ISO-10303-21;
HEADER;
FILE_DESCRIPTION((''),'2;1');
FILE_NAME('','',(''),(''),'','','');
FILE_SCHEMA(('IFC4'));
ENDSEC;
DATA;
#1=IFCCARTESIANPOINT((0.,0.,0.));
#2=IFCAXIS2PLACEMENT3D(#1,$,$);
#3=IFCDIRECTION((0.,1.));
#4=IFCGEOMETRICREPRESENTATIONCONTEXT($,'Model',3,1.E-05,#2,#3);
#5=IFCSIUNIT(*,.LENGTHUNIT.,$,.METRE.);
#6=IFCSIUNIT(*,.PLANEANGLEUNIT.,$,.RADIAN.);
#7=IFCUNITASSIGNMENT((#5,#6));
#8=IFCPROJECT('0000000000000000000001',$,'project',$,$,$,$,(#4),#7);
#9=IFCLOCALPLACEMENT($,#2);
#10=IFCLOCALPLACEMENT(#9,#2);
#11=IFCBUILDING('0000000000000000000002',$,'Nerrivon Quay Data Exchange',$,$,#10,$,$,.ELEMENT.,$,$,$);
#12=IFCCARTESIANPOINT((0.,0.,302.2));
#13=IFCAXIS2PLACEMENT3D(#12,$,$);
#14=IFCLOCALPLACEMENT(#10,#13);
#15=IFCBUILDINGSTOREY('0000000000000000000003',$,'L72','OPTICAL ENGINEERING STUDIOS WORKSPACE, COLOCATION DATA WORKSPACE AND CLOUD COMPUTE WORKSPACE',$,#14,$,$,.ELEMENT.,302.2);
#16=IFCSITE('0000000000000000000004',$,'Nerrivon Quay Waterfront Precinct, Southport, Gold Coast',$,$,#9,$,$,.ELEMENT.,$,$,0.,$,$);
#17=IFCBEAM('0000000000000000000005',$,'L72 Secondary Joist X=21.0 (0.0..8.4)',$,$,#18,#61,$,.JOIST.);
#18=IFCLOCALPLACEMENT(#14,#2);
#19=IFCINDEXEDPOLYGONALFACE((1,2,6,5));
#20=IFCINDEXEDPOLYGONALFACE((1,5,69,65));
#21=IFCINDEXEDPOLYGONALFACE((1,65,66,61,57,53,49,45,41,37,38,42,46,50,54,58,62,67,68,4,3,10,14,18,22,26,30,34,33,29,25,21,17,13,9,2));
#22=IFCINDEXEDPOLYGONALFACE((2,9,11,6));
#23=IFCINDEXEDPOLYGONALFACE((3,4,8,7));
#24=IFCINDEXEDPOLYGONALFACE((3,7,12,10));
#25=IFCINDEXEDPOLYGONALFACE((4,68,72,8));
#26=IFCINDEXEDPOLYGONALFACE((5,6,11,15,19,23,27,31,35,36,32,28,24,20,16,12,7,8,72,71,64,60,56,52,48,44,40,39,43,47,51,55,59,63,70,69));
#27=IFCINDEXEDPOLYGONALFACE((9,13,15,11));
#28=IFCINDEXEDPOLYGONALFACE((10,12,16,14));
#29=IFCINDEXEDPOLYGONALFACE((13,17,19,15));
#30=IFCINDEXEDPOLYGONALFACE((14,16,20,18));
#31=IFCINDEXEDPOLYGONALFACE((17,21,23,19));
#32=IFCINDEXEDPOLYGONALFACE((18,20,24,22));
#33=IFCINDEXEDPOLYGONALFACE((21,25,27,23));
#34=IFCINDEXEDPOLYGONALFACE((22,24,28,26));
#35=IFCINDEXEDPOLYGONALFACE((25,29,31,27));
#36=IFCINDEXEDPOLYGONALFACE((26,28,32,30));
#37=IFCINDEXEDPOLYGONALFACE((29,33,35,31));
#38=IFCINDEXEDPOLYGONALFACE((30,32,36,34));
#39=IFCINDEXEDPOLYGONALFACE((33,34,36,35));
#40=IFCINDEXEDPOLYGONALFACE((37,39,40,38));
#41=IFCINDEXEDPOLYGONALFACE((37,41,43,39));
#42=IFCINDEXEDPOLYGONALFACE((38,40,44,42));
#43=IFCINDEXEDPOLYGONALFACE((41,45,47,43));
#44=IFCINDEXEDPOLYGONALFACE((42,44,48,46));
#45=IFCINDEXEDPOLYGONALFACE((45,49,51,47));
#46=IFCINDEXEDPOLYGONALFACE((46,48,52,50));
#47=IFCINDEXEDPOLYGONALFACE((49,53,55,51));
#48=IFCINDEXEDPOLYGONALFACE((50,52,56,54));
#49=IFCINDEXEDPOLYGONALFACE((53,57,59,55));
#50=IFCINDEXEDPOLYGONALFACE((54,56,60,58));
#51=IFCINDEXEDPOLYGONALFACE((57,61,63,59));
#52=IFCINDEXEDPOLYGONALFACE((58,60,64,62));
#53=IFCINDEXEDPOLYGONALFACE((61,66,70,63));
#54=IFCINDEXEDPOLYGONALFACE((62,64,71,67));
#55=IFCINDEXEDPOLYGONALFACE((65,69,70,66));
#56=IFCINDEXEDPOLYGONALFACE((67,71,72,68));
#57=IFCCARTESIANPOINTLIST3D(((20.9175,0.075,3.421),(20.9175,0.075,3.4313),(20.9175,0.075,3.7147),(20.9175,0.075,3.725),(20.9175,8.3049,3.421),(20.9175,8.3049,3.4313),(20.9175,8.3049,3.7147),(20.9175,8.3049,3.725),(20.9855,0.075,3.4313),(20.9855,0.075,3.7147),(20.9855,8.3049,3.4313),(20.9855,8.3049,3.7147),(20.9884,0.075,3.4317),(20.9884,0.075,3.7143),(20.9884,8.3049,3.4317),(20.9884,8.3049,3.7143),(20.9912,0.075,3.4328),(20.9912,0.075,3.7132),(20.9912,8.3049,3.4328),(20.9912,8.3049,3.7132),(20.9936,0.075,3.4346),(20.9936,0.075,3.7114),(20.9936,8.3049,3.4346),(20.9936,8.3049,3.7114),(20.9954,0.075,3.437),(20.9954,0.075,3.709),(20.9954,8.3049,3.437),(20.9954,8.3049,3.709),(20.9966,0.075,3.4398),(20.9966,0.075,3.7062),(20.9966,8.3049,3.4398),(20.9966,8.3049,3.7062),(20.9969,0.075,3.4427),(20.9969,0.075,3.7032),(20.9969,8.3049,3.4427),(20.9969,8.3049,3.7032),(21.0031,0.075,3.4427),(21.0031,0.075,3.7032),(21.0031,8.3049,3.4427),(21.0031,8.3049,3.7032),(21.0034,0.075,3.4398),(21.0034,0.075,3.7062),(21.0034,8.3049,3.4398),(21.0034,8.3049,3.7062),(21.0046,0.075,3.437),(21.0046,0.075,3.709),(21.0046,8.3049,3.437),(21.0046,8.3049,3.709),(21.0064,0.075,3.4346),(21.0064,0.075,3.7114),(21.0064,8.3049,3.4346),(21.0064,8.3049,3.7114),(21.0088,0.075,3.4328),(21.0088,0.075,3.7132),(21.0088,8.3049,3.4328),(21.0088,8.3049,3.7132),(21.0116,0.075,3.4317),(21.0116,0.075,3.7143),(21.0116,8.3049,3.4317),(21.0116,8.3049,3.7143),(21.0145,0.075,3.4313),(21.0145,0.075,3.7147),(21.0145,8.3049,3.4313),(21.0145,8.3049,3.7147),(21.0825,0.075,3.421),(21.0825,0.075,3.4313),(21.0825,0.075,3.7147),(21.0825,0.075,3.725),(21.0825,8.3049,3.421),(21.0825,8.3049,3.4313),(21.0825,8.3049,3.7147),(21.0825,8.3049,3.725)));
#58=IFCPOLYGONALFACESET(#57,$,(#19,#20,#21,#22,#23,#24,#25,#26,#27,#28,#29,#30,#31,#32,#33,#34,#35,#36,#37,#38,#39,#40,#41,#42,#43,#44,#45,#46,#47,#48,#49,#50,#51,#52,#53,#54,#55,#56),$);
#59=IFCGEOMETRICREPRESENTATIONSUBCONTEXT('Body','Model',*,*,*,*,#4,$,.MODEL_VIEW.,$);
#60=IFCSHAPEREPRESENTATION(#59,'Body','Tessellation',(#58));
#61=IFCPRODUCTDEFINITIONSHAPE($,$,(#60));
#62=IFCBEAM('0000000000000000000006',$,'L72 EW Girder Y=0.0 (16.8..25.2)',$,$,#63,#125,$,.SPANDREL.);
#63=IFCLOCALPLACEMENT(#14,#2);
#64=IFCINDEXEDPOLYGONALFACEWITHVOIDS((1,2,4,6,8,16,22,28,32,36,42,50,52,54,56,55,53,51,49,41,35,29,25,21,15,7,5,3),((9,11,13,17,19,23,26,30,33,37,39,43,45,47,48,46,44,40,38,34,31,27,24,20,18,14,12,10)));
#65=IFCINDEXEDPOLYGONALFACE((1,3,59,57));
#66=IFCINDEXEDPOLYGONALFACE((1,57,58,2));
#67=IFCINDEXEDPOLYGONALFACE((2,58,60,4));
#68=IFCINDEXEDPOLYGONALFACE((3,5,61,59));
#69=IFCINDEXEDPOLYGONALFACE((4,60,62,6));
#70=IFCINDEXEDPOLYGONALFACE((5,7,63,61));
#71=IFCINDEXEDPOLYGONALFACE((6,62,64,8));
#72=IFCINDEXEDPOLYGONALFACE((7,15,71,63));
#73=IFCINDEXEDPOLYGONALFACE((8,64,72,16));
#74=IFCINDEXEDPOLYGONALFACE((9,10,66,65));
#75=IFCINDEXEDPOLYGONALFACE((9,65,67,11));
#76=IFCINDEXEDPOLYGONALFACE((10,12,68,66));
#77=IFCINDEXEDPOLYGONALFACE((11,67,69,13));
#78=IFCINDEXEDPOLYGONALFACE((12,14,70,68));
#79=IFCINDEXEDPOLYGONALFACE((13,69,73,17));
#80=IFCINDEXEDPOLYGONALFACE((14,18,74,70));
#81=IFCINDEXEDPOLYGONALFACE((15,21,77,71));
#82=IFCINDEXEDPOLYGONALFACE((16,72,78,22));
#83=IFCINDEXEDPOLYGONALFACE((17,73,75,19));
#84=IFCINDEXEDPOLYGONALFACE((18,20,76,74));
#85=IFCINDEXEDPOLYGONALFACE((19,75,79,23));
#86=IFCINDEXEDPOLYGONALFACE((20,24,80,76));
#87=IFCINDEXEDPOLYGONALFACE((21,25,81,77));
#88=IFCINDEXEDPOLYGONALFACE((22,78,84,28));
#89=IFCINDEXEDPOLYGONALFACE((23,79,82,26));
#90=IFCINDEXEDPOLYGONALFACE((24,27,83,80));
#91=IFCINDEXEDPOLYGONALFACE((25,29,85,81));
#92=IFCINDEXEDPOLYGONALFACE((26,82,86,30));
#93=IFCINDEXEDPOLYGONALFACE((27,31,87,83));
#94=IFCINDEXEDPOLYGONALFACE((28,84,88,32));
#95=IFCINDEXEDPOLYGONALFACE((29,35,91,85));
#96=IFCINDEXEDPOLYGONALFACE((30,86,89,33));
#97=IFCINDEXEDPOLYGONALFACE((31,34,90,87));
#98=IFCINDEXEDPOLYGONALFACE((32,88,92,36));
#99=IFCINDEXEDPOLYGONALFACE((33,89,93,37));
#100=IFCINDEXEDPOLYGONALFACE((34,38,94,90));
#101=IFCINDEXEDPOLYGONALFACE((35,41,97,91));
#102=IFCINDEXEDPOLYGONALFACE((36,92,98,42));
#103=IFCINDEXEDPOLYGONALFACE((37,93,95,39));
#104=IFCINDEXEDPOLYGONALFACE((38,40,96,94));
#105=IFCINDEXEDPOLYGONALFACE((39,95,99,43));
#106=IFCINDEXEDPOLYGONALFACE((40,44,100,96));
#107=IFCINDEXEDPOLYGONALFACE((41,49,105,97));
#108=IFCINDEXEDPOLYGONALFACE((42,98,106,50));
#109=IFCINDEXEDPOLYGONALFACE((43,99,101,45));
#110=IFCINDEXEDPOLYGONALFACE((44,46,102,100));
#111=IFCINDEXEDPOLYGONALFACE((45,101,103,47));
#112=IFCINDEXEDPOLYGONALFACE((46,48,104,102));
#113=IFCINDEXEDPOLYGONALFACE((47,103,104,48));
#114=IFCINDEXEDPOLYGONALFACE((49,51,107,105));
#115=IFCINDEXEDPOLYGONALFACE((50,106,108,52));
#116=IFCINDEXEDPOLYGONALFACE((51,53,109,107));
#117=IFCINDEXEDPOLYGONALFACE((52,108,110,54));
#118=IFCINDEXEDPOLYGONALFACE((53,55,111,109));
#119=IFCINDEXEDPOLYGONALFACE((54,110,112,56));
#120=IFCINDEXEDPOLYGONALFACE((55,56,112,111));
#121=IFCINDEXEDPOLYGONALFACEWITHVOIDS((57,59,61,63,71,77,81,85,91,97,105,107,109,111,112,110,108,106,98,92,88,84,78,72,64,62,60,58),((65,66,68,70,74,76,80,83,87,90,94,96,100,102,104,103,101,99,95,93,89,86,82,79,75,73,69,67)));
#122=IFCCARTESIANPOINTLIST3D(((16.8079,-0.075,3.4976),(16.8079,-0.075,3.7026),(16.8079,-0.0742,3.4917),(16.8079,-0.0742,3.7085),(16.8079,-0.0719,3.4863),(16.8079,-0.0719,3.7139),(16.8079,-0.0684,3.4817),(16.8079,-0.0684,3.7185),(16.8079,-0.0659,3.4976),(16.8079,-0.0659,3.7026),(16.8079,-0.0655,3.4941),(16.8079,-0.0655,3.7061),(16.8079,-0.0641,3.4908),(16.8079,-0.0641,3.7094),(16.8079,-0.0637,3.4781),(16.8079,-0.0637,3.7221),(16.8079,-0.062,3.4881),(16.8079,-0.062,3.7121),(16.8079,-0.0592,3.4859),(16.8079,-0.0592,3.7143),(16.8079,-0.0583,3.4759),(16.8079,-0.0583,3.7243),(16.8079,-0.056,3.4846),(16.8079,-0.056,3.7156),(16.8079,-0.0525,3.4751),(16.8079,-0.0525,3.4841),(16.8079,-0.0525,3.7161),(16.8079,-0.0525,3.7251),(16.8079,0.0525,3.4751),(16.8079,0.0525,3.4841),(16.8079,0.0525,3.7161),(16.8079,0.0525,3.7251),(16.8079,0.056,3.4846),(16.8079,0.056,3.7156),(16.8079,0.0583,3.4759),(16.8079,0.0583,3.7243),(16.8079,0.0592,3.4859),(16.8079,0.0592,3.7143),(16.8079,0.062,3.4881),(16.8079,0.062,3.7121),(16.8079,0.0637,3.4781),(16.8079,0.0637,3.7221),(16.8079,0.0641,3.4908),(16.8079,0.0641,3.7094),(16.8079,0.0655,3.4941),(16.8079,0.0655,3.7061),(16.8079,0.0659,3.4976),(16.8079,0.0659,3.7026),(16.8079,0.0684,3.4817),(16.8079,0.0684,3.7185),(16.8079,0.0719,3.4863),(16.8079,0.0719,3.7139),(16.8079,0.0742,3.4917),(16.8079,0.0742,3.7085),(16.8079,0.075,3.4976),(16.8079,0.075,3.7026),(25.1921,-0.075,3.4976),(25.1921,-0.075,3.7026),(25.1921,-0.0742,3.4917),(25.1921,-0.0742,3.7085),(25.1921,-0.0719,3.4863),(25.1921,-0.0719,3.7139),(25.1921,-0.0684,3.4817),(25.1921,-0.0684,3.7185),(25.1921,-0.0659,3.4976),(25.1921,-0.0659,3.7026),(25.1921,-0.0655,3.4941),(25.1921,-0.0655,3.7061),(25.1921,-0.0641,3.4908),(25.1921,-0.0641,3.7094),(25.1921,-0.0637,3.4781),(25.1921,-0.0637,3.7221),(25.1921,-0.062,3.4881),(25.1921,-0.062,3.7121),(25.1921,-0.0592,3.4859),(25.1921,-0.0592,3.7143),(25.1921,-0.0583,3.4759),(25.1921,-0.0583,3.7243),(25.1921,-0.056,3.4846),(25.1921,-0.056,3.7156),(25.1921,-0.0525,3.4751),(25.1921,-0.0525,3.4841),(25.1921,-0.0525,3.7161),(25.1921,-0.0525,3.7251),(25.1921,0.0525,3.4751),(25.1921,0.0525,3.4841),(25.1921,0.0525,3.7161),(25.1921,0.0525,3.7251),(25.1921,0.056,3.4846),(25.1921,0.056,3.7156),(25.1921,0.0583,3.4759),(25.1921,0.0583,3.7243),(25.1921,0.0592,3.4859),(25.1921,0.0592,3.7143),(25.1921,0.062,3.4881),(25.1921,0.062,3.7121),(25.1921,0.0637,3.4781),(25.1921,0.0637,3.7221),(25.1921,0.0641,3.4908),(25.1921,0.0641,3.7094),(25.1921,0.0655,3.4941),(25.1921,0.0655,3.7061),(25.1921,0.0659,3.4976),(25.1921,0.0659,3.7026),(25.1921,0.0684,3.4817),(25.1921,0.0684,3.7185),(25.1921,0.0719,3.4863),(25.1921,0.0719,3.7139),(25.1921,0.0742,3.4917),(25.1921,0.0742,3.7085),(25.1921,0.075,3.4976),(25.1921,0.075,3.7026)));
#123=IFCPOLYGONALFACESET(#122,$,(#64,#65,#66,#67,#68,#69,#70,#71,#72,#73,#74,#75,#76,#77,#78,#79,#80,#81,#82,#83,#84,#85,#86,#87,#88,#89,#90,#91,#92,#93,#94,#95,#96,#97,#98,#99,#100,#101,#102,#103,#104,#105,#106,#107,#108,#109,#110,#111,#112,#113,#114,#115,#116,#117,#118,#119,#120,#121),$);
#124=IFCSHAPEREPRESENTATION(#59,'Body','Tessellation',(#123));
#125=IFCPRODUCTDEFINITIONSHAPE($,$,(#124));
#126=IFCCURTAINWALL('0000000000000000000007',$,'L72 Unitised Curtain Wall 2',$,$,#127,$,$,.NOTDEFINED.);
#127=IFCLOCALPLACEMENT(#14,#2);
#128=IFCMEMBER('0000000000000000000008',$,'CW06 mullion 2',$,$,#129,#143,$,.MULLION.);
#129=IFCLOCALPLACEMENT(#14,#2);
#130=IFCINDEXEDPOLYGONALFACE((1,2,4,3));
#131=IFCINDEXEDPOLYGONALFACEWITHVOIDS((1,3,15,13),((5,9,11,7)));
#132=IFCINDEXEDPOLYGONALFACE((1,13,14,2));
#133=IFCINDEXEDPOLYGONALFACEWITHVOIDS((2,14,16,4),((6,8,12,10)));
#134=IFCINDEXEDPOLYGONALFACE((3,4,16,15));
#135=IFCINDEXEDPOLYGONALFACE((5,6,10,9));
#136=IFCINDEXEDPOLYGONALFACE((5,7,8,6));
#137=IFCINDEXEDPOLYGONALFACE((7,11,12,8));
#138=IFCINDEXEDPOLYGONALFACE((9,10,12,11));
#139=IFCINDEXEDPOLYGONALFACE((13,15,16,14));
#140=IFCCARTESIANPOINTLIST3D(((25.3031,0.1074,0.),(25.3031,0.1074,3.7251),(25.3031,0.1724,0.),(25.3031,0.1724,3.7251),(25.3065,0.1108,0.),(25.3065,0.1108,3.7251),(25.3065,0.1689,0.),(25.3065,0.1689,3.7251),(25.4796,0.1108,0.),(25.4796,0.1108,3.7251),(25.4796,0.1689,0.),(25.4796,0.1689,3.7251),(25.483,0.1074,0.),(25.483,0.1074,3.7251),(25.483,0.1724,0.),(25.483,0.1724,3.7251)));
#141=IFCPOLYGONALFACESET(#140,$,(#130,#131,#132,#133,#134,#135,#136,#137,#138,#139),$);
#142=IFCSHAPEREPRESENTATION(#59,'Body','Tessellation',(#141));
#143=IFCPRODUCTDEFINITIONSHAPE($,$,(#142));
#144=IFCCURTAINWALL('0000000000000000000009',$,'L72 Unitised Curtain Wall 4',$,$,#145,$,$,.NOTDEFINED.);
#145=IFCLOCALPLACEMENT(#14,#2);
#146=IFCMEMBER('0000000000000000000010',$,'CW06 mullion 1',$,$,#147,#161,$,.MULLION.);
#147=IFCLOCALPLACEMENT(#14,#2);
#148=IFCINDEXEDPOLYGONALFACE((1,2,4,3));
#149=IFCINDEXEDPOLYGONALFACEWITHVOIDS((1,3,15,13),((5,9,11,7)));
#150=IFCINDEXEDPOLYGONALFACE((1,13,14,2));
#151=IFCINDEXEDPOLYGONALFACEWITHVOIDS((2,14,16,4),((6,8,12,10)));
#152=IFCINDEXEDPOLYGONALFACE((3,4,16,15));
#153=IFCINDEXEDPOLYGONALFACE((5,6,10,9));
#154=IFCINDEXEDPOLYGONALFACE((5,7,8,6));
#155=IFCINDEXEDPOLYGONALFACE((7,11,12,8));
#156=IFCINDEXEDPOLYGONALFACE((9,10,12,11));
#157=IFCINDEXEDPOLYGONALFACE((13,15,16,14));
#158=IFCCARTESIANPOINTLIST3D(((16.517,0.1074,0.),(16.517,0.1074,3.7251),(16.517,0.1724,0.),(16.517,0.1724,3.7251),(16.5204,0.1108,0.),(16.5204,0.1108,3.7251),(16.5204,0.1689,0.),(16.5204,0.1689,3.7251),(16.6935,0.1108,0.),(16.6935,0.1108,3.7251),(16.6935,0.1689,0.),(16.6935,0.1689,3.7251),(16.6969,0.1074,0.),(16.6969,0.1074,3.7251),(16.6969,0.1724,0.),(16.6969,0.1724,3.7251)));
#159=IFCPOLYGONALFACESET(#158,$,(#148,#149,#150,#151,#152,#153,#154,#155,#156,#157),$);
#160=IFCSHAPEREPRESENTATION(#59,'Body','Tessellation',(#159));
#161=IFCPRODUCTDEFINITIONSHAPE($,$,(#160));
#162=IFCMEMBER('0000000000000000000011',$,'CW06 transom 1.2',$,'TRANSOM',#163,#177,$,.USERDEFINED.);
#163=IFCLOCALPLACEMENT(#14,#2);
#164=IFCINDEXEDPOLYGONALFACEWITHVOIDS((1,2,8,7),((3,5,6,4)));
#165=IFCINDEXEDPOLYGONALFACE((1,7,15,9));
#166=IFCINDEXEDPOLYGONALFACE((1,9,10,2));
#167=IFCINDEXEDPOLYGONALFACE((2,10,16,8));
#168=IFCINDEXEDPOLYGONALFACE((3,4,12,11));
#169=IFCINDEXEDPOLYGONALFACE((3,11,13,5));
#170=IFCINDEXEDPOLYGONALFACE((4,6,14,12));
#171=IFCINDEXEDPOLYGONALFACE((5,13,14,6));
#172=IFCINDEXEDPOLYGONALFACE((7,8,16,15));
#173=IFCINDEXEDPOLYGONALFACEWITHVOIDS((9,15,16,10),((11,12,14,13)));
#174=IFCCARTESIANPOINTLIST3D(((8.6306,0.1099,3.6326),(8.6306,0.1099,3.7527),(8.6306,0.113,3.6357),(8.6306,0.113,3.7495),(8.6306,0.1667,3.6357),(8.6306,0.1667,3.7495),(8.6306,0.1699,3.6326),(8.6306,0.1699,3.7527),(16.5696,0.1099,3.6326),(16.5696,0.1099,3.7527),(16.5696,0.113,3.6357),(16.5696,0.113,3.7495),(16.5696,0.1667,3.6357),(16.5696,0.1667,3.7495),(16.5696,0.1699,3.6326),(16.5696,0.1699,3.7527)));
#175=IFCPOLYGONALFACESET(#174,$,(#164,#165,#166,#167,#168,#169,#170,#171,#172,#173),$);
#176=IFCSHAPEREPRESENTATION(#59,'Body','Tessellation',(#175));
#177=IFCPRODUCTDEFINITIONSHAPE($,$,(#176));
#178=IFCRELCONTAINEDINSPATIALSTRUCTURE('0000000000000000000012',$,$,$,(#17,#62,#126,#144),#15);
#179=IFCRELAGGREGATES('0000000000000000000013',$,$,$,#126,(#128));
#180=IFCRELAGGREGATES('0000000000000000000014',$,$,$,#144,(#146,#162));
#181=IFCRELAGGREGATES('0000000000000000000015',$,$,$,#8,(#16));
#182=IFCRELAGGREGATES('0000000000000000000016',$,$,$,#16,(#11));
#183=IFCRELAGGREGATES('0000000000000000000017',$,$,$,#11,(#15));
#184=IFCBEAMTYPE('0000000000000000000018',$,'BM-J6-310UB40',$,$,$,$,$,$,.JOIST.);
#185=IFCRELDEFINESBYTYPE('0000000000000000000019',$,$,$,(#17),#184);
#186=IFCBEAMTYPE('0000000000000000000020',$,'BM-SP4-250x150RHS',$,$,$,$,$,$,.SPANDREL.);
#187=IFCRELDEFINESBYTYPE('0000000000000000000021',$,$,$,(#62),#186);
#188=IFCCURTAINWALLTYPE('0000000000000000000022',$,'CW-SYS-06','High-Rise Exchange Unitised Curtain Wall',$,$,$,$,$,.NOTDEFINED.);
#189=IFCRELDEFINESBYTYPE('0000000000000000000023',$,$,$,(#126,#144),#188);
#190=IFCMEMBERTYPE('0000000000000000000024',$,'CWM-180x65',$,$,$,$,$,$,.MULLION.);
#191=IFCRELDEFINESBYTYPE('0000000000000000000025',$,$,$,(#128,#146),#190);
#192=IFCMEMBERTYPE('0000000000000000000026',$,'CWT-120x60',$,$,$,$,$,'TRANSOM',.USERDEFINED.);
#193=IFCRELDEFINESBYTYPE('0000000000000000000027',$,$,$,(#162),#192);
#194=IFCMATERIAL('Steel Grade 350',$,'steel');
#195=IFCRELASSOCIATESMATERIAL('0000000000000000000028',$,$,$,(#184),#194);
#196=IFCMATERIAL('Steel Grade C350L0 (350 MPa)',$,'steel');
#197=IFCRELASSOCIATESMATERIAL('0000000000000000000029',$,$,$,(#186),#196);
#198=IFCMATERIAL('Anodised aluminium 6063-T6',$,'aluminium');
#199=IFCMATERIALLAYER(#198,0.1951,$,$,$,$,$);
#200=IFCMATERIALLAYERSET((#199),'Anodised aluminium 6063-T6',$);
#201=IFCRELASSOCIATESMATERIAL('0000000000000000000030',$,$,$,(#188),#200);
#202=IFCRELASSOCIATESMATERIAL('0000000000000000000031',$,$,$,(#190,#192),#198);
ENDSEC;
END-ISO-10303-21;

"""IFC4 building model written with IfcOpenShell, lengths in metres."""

from ifc_helpers import new_model, si_unit, direction, frame, origin, origin_2d, place, context, subcontext, project, spatial, hollow_rectangle, i_section, extrude, material, layer, layer_set, material_profile, profile_set, type_object, element, aggregate, save


model = new_model("IFC4")

# Units and contexts
model_context = context("Model", 3, precision=1e-05, world=origin(), true_north=direction((0.0, 1.0)))
body_context = subcontext(model_context, "Body", "Model", "MODEL_VIEW")
ifc_project = project(units=[si_unit("LENGTHUNIT", "METRE"), si_unit("PLANEANGLEUNIT", "RADIAN")], contexts=[model_context])

# Site, building, storey
site_placement = place(None, origin())
site = spatial("IfcSite", under=ifc_project, at=site_placement, Name="Nerrivon Quay Waterfront Precinct, Southport, Gold Coast", CompositionType="ELEMENT", RefElevation=0.0)
building_placement = place(site_placement, origin())
building = spatial("IfcBuilding", under=site, at=building_placement, Name="Nerrivon Quay Data Exchange", CompositionType="ELEMENT")
storey_placement = place(building_placement, frame((0.0, 0.0, 302.2)))
storey = spatial("IfcBuildingStorey", under=building, at=storey_placement, Name="L72", Description="OPTICAL ENGINEERING STUDIOS WORKSPACE, COLOCATION DATA WORKSPACE AND CLOUD COMPUTE WORKSPACE", CompositionType="ELEMENT", Elevation=302.2)

# Shared definitions
ifc_material_1 = material(Name="Steel Grade 350", Category="steel")

# Beams
ifc_material_profile_1 = material_profile(ifc_material_1, i_section(OverallWidth=0.165, OverallDepth=0.304, WebThickness=0.0061, FlangeThickness=0.0103, FilletRadius=0.0115, at=origin_2d()), Name="310UB40.4")
ifc_profile_set_1 = profile_set([ifc_material_profile_1], Name="Steel Grade 350")
beam_type_1 = type_object("IfcBeamType", Name="BM-J6-310UB40", PredefinedType="JOIST", material=ifc_profile_set_1)
beam_1_placement = place(storey_placement, frame((21.0, 0.075, 3.573), z_axis=(0.0, 1.0, 0.0), x_axis=(-1.0, 0.0, 0.0)))
element("IfcBeam", 1, at=beam_1_placement, inside=storey, type_object=beam_type_1, Name="L72 Secondary Joist X=21.0 (0.0..8.4)", PredefinedType="JOIST", context=body_context, shape_type="SweptSolid", body=[
    extrude(i_section(OverallWidth=0.165, OverallDepth=0.304, WebThickness=0.0061, FlangeThickness=0.0103, FilletRadius=0.0115, at=origin_2d()), origin(), (0.0, 0.0, 1.0), 8.23),
])
ifc_material_2 = material(Name="Steel Grade C350L0 (350 MPa)", Category="steel")
ifc_material_profile_2 = material_profile(ifc_material_2, hollow_rectangle(XDim=0.1499, YDim=0.25, WallThickness=0.009, InnerFilletRadius=0.0134, OuterFilletRadius=0.0225, at=origin_2d()), Name="250x150x9.0RHS")
ifc_profile_set_2 = profile_set([ifc_material_profile_2], Name="Steel Grade C350L0 (350 MPa)")
beam_type_2 = type_object("IfcBeamType", Name="BM-SP4-250x150RHS", PredefinedType="SPANDREL", material=ifc_profile_set_2)
beam_2_placement = place(storey_placement, frame((16.8079, 0.0, 3.6001), z_axis=(1.0, 0.0, 0.0), x_axis=(0.0, 1.0, 0.0)))
element("IfcBeam", 2, at=beam_2_placement, inside=storey, type_object=beam_type_2, Name="L72 EW Girder Y=0.0 (16.8..25.2)", PredefinedType="SPANDREL", context=body_context, shape_type="SweptSolid", body=[
    extrude(hollow_rectangle(XDim=0.1499, YDim=0.25, WallThickness=0.009, InnerFilletRadius=0.0134, OuterFilletRadius=0.0225, at=origin_2d()), origin(), (0.0, 0.0, 1.0), 8.3843),
])

# Curtain wall, member
ifc_material_3 = material(Name="Anodised aluminium 6063-T6", Category="aluminium")
ifc_layer_1 = layer(ifc_material_3, 0.1951)
ifc_layer_set_1 = layer_set([ifc_layer_1], Name="Anodised aluminium 6063-T6")
curtain_wall_type = type_object("IfcCurtainWallType", Name="CW-SYS-06", Description="High-Rise Exchange Unitised Curtain Wall", PredefinedType="NOTDEFINED", material=ifc_layer_set_1)
curtain_wall_1_placement = place(storey_placement, origin())
curtain_wall_1 = element("IfcCurtainWall", 3, at=curtain_wall_1_placement, inside=storey, type_object=curtain_wall_type, Name="L72 Unitised Curtain Wall 2", PredefinedType="NOTDEFINED")
ifc_material_profile_3 = material_profile(ifc_material_3, hollow_rectangle(XDim=0.0649, YDim=0.1799, WallThickness=0.0034, at=origin_2d()), Name="ALU-MULL-180x65")
ifc_profile_set_3 = profile_set([ifc_material_profile_3], Name="Anodised aluminium 6063-T6")
member_type_1 = type_object("IfcMemberType", Name="CWM-180x65", PredefinedType="MULLION", material=ifc_profile_set_3)
member_1_placement = place(storey_placement, frame((25.3931, 0.1399, 0.0), z_axis=(0.0, 0.0, 1.0), x_axis=(0.0, -1.0, 0.0)))
member_1 = element("IfcMember", 4, at=member_1_placement, type_object=member_type_1, Name="CW06 mullion 2", PredefinedType="MULLION", context=body_context, shape_type="SweptSolid", body=[
    extrude(hollow_rectangle(XDim=0.0649, YDim=0.1799, WallThickness=0.0034, at=origin_2d()), origin(), (0.0, 0.0, 1.0), 3.7251),
])
aggregate(curtain_wall_1, [member_1])

# Curtain wall, members
curtain_wall_2_placement = place(storey_placement, origin())
curtain_wall_2 = element("IfcCurtainWall", 5, at=curtain_wall_2_placement, inside=storey, type_object=curtain_wall_type, Name="L72 Unitised Curtain Wall 4", PredefinedType="NOTDEFINED")
member_2_placement = place(storey_placement, frame((16.6069, 0.1399, 0.0), z_axis=(0.0, 0.0, 1.0), x_axis=(0.0, -1.0, 0.0)))
member_2 = element("IfcMember", 6, at=member_2_placement, type_object=member_type_1, Name="CW06 mullion 1", PredefinedType="MULLION", context=body_context, shape_type="SweptSolid", body=[
    extrude(hollow_rectangle(XDim=0.0649, YDim=0.1799, WallThickness=0.0034, at=origin_2d()), origin(), (0.0, 0.0, 1.0), 3.7251),
])
ifc_material_profile_4 = material_profile(ifc_material_3, hollow_rectangle(XDim=0.0601, YDim=0.1201, WallThickness=0.0032, at=origin_2d()), Name="ALU-TRAN-120x60")
ifc_profile_set_4 = profile_set([ifc_material_profile_4], Name="Anodised aluminium 6063-T6")
member_type_2 = type_object("IfcMemberType", Name="CWT-120x60", ElementType="TRANSOM", PredefinedType="USERDEFINED", material=ifc_profile_set_4)
member_3_placement = place(storey_placement, frame((16.5696, 0.1399, 3.6926), z_axis=(-1.0, 0.0, 0.0), x_axis=(0.0, -1.0, 0.0)))
member_3 = element("IfcMember", 7, at=member_3_placement, type_object=member_type_2, Name="CW06 transom 1.2", ObjectType="TRANSOM", PredefinedType="USERDEFINED", context=body_context, shape_type="SweptSolid", body=[
    extrude(hollow_rectangle(XDim=0.0601, YDim=0.1201, WallThickness=0.0032, at=origin_2d()), origin(), (0.0, 0.0, 1.0), 7.939),
])
aggregate(curtain_wall_2, [member_2, member_3])

save(model, "model.ifc")
